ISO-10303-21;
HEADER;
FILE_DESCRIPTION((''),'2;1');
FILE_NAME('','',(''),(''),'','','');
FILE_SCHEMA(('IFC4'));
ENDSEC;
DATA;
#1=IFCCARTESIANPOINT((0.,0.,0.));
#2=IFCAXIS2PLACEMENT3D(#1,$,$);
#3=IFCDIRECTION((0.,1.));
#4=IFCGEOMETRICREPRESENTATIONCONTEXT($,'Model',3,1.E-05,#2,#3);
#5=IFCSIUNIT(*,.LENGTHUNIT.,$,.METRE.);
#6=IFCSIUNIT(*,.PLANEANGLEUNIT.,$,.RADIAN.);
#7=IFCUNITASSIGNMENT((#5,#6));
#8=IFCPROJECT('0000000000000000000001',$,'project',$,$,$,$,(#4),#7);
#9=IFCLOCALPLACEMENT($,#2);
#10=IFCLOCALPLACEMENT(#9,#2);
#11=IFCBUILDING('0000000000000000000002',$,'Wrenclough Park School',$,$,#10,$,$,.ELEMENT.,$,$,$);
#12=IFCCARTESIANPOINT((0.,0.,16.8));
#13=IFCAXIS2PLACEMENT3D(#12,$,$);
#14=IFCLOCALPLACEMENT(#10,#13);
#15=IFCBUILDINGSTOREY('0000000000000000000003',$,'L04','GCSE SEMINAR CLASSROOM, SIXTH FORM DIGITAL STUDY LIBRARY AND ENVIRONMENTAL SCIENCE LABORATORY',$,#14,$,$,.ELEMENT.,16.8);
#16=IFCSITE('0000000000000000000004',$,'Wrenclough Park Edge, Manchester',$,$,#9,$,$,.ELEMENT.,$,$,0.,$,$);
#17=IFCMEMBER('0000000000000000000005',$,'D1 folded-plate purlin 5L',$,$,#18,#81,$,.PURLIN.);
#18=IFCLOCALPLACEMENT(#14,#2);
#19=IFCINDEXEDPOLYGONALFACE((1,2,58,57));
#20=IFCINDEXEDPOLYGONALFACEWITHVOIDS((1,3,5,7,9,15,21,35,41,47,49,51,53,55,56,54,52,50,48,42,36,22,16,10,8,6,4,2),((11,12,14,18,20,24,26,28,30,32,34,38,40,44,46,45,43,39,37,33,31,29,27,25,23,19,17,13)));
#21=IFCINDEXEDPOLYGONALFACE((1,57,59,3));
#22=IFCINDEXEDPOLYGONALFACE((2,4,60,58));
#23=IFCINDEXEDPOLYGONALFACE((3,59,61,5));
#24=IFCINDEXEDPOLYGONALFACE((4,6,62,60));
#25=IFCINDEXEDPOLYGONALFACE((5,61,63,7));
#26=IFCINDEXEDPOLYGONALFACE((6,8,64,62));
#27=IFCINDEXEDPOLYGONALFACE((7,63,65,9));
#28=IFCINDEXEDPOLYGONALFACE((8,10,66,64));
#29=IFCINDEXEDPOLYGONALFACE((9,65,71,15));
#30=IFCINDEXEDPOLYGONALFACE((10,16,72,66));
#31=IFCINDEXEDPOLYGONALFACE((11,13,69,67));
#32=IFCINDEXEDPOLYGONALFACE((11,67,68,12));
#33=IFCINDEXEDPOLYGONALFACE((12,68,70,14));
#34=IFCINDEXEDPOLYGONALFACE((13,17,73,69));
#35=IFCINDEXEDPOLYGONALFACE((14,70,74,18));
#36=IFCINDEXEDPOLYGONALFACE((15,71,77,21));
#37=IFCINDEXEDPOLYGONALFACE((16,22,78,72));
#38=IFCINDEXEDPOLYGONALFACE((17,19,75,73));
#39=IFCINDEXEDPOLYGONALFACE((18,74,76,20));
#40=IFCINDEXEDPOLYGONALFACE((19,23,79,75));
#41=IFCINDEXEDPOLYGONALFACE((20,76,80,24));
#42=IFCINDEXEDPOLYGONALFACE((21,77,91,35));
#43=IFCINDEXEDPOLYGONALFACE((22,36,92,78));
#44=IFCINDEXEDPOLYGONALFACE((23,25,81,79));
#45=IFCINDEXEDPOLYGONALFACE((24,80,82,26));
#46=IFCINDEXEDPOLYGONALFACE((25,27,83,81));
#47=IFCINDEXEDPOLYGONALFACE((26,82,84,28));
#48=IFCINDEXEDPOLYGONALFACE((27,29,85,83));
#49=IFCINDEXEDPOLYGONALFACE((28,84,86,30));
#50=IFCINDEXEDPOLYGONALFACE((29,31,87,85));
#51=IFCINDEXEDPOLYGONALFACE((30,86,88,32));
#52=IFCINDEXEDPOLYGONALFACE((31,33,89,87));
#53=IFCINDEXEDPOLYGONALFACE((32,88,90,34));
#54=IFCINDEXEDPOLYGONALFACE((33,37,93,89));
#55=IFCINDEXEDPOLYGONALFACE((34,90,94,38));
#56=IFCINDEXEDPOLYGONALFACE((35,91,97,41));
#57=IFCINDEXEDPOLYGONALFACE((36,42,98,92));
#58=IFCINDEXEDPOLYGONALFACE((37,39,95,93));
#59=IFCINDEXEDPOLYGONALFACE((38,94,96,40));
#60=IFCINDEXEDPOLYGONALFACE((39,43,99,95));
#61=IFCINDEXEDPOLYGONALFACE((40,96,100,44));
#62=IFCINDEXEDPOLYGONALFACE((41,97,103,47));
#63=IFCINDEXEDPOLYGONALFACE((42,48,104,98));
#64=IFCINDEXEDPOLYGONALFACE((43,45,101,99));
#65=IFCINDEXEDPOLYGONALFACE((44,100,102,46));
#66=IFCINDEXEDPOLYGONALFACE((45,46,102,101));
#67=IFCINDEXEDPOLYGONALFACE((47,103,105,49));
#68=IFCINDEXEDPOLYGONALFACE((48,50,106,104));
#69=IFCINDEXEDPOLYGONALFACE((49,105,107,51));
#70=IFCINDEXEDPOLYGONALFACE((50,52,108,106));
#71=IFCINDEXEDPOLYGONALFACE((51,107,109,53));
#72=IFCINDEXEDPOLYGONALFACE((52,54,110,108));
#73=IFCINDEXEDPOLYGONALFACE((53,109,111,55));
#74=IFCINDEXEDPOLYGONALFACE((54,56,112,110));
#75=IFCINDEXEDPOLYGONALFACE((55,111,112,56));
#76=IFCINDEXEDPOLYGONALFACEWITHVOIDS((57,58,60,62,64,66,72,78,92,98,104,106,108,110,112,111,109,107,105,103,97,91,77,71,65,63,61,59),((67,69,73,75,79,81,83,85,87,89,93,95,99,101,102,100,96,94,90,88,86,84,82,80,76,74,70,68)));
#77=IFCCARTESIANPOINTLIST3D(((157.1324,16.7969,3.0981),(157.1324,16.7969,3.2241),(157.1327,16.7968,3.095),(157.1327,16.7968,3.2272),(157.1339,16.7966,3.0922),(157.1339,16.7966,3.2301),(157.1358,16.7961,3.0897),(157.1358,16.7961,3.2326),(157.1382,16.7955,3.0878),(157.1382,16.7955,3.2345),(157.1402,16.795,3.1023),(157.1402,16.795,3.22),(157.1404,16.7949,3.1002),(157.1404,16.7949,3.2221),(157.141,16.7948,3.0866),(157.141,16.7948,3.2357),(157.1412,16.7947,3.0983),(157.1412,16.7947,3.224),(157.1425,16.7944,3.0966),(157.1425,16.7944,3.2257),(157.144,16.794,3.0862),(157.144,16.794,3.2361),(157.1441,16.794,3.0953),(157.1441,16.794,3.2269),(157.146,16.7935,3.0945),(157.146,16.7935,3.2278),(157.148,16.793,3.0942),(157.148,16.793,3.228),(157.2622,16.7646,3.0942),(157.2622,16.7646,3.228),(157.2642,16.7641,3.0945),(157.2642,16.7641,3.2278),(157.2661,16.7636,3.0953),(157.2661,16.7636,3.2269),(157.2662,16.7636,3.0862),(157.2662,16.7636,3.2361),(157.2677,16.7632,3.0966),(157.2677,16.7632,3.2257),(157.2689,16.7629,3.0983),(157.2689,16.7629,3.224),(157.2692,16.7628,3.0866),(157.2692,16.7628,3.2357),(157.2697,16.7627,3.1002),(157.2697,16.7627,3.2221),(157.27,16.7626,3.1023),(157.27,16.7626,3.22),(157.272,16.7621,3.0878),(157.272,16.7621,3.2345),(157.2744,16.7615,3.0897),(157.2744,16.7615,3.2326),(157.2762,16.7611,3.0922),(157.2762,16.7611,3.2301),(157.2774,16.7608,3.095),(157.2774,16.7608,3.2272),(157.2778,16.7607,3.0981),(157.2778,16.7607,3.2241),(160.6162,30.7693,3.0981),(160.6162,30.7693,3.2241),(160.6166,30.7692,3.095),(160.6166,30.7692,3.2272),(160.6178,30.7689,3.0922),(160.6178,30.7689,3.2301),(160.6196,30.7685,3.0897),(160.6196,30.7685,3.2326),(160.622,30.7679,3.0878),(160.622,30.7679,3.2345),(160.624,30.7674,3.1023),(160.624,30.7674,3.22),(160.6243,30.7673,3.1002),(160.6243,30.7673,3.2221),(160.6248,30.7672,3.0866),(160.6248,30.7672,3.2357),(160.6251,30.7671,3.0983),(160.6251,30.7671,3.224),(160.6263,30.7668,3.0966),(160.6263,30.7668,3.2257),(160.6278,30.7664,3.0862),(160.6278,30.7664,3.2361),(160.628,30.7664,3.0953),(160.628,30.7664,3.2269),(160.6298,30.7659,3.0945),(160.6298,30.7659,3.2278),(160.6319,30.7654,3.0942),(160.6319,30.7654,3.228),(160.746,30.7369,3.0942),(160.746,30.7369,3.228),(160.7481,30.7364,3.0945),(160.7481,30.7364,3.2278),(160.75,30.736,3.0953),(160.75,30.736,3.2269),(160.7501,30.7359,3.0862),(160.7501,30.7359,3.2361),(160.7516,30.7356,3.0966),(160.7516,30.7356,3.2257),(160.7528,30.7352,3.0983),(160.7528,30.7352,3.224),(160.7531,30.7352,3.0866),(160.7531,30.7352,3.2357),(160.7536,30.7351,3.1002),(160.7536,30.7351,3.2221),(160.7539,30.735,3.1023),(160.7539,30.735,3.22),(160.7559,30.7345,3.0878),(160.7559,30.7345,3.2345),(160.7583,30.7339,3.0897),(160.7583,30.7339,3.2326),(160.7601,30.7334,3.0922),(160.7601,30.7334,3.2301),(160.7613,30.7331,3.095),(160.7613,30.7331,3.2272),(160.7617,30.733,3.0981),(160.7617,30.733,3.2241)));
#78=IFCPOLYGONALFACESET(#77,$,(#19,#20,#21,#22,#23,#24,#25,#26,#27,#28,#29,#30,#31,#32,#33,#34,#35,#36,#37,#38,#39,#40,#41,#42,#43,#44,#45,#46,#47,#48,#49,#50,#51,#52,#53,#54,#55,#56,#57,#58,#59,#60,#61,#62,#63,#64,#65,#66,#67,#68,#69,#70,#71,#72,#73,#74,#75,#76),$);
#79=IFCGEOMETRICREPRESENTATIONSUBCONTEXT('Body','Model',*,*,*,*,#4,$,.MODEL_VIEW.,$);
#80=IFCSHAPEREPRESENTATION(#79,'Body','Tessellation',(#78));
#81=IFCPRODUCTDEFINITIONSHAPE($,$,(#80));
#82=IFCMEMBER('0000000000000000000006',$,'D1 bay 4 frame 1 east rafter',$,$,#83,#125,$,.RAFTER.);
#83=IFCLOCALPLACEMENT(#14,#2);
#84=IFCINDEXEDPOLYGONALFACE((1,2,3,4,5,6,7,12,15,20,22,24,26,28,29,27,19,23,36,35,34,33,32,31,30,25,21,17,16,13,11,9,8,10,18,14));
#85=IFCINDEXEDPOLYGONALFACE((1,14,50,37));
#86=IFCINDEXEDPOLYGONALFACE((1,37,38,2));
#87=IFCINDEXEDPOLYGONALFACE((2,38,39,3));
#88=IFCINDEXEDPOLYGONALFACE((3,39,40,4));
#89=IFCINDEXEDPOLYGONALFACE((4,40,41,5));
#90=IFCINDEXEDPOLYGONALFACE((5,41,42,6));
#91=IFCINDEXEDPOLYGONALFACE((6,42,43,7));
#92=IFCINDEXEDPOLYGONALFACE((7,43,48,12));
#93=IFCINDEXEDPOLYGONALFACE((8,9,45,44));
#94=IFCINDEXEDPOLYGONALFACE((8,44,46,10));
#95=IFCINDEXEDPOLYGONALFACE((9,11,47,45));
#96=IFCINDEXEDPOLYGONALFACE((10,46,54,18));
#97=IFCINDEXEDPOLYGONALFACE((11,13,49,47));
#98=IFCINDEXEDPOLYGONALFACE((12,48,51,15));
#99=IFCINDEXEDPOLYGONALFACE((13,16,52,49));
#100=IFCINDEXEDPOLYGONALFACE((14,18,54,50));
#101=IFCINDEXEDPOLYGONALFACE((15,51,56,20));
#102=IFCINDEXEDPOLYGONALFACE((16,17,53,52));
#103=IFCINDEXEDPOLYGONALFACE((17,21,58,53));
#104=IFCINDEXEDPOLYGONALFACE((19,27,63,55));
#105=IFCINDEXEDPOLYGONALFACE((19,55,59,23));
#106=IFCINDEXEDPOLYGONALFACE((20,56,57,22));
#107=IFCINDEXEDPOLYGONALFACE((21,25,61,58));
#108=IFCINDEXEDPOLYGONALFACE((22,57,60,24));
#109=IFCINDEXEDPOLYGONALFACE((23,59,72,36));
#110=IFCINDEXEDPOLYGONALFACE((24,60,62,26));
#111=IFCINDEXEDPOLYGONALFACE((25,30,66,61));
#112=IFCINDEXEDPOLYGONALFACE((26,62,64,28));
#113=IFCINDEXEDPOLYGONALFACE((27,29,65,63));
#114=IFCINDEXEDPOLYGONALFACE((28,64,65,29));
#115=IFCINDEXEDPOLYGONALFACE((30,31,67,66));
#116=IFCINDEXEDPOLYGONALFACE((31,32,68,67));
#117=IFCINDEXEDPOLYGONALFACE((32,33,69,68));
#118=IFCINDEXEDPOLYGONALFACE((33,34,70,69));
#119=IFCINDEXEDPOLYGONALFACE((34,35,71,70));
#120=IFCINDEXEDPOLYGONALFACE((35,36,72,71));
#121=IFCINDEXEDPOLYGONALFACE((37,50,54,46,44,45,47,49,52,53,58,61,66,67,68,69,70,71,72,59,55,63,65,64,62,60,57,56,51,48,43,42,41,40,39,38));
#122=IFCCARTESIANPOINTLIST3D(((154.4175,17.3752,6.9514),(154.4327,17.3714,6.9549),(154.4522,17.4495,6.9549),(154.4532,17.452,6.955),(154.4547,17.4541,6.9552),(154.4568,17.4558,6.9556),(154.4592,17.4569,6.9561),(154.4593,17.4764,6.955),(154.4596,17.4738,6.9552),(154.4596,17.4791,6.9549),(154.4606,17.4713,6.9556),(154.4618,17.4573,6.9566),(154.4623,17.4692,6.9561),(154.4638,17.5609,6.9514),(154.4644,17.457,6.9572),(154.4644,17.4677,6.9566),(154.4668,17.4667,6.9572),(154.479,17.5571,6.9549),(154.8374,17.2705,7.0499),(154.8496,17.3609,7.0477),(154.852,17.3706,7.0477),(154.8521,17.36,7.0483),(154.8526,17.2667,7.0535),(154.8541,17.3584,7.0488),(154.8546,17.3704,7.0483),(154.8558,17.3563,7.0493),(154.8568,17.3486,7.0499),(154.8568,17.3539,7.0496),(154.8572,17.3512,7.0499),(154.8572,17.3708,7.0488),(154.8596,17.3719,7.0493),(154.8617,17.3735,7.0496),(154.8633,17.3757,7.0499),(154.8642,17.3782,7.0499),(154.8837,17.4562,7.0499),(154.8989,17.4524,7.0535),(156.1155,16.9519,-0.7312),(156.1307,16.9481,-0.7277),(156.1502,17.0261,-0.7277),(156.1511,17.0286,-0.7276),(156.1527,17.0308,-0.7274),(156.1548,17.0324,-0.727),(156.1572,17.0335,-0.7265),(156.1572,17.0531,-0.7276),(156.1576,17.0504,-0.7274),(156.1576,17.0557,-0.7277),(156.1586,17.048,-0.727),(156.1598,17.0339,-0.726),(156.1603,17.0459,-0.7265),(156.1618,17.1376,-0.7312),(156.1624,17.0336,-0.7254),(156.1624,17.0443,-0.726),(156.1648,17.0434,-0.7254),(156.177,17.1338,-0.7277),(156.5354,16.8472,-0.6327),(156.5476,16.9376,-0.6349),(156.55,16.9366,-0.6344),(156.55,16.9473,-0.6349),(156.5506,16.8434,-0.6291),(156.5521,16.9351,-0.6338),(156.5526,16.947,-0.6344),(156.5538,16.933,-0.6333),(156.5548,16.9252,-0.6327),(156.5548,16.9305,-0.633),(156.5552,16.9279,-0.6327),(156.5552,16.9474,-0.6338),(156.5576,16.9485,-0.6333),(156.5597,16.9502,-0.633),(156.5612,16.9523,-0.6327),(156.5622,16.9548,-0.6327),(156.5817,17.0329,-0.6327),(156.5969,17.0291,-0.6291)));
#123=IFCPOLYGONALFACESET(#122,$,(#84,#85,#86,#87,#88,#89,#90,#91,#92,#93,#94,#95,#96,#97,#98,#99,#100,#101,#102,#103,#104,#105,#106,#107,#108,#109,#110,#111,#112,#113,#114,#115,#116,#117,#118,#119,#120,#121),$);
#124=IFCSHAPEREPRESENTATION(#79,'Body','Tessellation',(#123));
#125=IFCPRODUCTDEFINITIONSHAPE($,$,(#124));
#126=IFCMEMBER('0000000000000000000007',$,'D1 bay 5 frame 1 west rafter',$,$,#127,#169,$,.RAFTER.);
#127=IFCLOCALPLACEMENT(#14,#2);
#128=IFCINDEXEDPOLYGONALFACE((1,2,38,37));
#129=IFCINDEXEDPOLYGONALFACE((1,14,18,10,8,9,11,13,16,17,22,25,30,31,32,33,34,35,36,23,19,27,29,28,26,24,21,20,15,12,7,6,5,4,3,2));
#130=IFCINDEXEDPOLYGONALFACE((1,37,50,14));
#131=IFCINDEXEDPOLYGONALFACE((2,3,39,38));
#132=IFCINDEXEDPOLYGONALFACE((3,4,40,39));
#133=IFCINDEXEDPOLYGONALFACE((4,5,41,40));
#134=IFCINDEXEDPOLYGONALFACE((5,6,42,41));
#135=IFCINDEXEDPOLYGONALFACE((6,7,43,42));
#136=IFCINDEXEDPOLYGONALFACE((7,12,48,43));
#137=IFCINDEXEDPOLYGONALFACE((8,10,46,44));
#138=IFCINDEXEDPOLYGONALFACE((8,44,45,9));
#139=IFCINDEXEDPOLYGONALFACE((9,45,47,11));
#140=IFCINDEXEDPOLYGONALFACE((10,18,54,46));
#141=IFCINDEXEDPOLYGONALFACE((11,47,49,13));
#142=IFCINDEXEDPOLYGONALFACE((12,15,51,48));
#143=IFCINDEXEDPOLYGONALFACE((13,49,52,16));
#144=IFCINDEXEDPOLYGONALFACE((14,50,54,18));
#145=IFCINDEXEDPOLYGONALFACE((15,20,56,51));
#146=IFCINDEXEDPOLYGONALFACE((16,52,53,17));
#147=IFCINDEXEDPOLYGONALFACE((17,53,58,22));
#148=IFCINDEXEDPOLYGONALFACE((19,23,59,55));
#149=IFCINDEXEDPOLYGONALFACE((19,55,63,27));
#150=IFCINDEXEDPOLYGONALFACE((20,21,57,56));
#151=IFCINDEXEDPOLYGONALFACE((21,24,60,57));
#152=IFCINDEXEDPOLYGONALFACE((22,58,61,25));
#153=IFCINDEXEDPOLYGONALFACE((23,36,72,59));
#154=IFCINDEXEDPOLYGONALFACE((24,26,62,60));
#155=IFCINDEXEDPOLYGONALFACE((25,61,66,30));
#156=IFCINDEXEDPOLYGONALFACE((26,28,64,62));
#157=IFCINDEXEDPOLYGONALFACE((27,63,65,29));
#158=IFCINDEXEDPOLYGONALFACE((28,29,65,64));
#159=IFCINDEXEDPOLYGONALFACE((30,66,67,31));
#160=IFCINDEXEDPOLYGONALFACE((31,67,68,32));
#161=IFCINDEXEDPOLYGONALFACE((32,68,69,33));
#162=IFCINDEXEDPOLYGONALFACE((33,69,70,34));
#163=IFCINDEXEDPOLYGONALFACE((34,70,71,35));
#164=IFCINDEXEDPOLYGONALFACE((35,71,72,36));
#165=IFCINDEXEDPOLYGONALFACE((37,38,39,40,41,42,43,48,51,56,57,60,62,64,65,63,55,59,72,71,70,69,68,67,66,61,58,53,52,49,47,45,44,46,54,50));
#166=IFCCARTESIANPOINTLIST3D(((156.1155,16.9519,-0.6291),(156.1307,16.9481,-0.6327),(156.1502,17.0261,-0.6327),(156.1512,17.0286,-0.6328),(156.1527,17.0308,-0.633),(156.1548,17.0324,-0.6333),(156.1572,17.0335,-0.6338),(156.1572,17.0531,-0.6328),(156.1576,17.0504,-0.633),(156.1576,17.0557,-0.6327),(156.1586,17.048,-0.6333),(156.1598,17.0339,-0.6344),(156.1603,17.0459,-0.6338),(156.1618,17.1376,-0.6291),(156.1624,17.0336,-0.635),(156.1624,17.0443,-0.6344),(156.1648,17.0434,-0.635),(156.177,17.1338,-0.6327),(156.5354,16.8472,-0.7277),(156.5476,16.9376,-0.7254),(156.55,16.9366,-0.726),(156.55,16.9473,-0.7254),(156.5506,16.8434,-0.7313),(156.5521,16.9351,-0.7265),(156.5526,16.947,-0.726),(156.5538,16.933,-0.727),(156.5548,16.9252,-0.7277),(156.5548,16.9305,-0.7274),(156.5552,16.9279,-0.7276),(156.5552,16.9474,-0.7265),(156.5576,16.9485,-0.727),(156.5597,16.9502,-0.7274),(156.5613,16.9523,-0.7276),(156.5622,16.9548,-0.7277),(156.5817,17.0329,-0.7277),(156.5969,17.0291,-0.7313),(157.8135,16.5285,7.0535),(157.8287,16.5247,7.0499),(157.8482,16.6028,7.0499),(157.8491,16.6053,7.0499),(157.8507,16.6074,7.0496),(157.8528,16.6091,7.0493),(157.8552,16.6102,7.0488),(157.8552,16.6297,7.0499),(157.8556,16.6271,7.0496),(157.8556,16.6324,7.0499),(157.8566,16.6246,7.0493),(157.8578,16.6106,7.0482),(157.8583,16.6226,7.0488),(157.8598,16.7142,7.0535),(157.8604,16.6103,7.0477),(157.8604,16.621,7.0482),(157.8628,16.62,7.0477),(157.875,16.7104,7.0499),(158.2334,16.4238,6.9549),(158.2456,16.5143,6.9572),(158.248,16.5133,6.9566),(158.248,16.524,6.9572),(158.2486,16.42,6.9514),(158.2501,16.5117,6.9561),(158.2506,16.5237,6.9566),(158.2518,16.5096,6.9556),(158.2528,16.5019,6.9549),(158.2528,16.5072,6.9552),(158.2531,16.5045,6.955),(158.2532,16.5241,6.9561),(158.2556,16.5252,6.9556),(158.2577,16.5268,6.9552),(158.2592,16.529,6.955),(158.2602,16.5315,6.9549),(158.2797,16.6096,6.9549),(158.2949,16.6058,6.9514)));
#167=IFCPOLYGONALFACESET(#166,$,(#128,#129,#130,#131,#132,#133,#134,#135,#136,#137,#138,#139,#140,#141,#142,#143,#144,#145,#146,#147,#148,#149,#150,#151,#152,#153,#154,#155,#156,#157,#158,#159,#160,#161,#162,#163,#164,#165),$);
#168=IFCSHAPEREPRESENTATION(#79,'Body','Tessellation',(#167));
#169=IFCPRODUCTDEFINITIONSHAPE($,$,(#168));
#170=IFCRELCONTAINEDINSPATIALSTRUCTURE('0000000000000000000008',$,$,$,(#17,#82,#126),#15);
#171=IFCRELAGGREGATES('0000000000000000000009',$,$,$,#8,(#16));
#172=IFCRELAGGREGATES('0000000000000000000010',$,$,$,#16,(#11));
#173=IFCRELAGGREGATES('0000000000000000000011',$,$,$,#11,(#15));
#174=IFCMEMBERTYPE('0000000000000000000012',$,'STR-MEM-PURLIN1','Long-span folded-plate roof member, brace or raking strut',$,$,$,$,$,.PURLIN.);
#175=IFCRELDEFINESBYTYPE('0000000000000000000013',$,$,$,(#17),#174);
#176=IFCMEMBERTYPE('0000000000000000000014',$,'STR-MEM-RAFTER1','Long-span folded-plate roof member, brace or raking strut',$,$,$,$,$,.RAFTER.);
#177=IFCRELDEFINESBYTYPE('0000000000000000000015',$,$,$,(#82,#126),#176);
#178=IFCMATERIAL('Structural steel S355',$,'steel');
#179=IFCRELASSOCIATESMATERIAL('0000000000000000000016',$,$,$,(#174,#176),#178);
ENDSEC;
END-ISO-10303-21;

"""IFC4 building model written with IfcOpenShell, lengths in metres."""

from ifc_helpers import new_model, si_unit, direction, frame, origin, origin_2d, place, context, subcontext, project, spatial, hollow_rectangle, i_section, extrude, material, material_profile, profile_set, type_object, element, save


model = new_model("IFC4")

# Units and contexts
model_context = context("Model", 3, precision=1e-05, world=origin(), true_north=direction((0.0, 1.0)))
body_context = subcontext(model_context, "Body", "Model", "MODEL_VIEW")
ifc_project = project(units=[si_unit("LENGTHUNIT", "METRE"), si_unit("PLANEANGLEUNIT", "RADIAN")], contexts=[model_context])

# Site, building, storey
site_placement = place(None, origin())
site = spatial("IfcSite", under=ifc_project, at=site_placement, Name="Wrenclough Park Edge, Manchester", CompositionType="ELEMENT", RefElevation=0.0)
building_placement = place(site_placement, origin())
building = spatial("IfcBuilding", under=site, at=building_placement, Name="Wrenclough Park School", CompositionType="ELEMENT")
storey_placement = place(building_placement, frame((0.0, 0.0, 16.8)))
storey = spatial("IfcBuildingStorey", under=building, at=storey_placement, Name="L04", Description="GCSE SEMINAR CLASSROOM, SIXTH FORM DIGITAL STUDY LIBRARY AND ENVIRONMENTAL SCIENCE LABORATORY", CompositionType="ELEMENT", Elevation=16.8)

# Shared definitions
ifc_material_1 = material(Name="Structural steel S355", Category="steel")

# Members
ifc_material_profile_1 = material_profile(ifc_material_1, hollow_rectangle(XDim=0.1499, YDim=0.1499, WallThickness=0.0081, InnerFilletRadius=0.0081, OuterFilletRadius=0.012, at=origin_2d()), Name="SHS 150x150x8.0")
ifc_profile_set_1 = profile_set([ifc_material_profile_1], Name="Structural steel S355")
member_type_1 = type_object("IfcMemberType", Name="STR-MEM-PURLIN1", Description="Long-span folded-plate roof member, brace or raking strut", PredefinedType="PURLIN", material=ifc_profile_set_1)
member_1_placement = place(storey_placement, frame((157.2051, 16.7788, 3.1611), z_axis=(0.241933, 0.970293, 0.0), x_axis=(-0.970293, 0.241933, 0.0)))
element("IfcMember", 1, at=member_1_placement, inside=storey, type_object=member_type_1, Name="D1 folded-plate purlin 5L", PredefinedType="PURLIN", context=body_context, shape_type="SweptSolid", body=[
    extrude(hollow_rectangle(XDim=0.1499, YDim=0.1499, WallThickness=0.0081, InnerFilletRadius=0.0081, OuterFilletRadius=0.012, at=origin_2d()), origin(), (0.0, 0.0, 1.0), 14.4001),
])
ifc_material_profile_2 = material_profile(ifc_material_1, i_section(OverallWidth=0.1914, OverallDepth=0.46, WebThickness=0.01, FlangeThickness=0.0161, FilletRadius=0.0103, at=origin_2d()), Name="UKB 457x191x82")
ifc_profile_set_2 = profile_set([ifc_material_profile_2], Name="Structural steel S355")
member_type_2 = type_object("IfcMemberType", Name="STR-MEM-RAFTER1", Description="Long-span folded-plate roof member, brace or raking strut", PredefinedType="RAFTER", material=ifc_profile_set_2)
for number, where, z_axis, x_axis, name in (
    (2, (154.6582, 17.4138, 7.0024), (0.215498, -0.053727, -0.975025), (0.241912, 0.970298, 0.0), "D1 bay 4 frame 1 east rafter"),
    (3, (156.3562, 16.9905, -0.6802), (0.215498, -0.053727, 0.975025), (0.241912, 0.970298, 0.0), "D1 bay 5 frame 1 west rafter"),
):
    element("IfcMember", number, at=place(storey_placement, frame(where, z_axis=z_axis, x_axis=x_axis)), inside=storey, type_object=member_type_2, Name=name, PredefinedType="RAFTER", context=body_context, shape_type="SweptSolid", body=[
        extrude(i_section(OverallWidth=0.1914, OverallDepth=0.46, WebThickness=0.01, FlangeThickness=0.0161, FilletRadius=0.0103, at=origin_2d()), origin(), (0.0, 0.0, 1.0), 7.8794),
    ])

save(model, "model.ifc")
